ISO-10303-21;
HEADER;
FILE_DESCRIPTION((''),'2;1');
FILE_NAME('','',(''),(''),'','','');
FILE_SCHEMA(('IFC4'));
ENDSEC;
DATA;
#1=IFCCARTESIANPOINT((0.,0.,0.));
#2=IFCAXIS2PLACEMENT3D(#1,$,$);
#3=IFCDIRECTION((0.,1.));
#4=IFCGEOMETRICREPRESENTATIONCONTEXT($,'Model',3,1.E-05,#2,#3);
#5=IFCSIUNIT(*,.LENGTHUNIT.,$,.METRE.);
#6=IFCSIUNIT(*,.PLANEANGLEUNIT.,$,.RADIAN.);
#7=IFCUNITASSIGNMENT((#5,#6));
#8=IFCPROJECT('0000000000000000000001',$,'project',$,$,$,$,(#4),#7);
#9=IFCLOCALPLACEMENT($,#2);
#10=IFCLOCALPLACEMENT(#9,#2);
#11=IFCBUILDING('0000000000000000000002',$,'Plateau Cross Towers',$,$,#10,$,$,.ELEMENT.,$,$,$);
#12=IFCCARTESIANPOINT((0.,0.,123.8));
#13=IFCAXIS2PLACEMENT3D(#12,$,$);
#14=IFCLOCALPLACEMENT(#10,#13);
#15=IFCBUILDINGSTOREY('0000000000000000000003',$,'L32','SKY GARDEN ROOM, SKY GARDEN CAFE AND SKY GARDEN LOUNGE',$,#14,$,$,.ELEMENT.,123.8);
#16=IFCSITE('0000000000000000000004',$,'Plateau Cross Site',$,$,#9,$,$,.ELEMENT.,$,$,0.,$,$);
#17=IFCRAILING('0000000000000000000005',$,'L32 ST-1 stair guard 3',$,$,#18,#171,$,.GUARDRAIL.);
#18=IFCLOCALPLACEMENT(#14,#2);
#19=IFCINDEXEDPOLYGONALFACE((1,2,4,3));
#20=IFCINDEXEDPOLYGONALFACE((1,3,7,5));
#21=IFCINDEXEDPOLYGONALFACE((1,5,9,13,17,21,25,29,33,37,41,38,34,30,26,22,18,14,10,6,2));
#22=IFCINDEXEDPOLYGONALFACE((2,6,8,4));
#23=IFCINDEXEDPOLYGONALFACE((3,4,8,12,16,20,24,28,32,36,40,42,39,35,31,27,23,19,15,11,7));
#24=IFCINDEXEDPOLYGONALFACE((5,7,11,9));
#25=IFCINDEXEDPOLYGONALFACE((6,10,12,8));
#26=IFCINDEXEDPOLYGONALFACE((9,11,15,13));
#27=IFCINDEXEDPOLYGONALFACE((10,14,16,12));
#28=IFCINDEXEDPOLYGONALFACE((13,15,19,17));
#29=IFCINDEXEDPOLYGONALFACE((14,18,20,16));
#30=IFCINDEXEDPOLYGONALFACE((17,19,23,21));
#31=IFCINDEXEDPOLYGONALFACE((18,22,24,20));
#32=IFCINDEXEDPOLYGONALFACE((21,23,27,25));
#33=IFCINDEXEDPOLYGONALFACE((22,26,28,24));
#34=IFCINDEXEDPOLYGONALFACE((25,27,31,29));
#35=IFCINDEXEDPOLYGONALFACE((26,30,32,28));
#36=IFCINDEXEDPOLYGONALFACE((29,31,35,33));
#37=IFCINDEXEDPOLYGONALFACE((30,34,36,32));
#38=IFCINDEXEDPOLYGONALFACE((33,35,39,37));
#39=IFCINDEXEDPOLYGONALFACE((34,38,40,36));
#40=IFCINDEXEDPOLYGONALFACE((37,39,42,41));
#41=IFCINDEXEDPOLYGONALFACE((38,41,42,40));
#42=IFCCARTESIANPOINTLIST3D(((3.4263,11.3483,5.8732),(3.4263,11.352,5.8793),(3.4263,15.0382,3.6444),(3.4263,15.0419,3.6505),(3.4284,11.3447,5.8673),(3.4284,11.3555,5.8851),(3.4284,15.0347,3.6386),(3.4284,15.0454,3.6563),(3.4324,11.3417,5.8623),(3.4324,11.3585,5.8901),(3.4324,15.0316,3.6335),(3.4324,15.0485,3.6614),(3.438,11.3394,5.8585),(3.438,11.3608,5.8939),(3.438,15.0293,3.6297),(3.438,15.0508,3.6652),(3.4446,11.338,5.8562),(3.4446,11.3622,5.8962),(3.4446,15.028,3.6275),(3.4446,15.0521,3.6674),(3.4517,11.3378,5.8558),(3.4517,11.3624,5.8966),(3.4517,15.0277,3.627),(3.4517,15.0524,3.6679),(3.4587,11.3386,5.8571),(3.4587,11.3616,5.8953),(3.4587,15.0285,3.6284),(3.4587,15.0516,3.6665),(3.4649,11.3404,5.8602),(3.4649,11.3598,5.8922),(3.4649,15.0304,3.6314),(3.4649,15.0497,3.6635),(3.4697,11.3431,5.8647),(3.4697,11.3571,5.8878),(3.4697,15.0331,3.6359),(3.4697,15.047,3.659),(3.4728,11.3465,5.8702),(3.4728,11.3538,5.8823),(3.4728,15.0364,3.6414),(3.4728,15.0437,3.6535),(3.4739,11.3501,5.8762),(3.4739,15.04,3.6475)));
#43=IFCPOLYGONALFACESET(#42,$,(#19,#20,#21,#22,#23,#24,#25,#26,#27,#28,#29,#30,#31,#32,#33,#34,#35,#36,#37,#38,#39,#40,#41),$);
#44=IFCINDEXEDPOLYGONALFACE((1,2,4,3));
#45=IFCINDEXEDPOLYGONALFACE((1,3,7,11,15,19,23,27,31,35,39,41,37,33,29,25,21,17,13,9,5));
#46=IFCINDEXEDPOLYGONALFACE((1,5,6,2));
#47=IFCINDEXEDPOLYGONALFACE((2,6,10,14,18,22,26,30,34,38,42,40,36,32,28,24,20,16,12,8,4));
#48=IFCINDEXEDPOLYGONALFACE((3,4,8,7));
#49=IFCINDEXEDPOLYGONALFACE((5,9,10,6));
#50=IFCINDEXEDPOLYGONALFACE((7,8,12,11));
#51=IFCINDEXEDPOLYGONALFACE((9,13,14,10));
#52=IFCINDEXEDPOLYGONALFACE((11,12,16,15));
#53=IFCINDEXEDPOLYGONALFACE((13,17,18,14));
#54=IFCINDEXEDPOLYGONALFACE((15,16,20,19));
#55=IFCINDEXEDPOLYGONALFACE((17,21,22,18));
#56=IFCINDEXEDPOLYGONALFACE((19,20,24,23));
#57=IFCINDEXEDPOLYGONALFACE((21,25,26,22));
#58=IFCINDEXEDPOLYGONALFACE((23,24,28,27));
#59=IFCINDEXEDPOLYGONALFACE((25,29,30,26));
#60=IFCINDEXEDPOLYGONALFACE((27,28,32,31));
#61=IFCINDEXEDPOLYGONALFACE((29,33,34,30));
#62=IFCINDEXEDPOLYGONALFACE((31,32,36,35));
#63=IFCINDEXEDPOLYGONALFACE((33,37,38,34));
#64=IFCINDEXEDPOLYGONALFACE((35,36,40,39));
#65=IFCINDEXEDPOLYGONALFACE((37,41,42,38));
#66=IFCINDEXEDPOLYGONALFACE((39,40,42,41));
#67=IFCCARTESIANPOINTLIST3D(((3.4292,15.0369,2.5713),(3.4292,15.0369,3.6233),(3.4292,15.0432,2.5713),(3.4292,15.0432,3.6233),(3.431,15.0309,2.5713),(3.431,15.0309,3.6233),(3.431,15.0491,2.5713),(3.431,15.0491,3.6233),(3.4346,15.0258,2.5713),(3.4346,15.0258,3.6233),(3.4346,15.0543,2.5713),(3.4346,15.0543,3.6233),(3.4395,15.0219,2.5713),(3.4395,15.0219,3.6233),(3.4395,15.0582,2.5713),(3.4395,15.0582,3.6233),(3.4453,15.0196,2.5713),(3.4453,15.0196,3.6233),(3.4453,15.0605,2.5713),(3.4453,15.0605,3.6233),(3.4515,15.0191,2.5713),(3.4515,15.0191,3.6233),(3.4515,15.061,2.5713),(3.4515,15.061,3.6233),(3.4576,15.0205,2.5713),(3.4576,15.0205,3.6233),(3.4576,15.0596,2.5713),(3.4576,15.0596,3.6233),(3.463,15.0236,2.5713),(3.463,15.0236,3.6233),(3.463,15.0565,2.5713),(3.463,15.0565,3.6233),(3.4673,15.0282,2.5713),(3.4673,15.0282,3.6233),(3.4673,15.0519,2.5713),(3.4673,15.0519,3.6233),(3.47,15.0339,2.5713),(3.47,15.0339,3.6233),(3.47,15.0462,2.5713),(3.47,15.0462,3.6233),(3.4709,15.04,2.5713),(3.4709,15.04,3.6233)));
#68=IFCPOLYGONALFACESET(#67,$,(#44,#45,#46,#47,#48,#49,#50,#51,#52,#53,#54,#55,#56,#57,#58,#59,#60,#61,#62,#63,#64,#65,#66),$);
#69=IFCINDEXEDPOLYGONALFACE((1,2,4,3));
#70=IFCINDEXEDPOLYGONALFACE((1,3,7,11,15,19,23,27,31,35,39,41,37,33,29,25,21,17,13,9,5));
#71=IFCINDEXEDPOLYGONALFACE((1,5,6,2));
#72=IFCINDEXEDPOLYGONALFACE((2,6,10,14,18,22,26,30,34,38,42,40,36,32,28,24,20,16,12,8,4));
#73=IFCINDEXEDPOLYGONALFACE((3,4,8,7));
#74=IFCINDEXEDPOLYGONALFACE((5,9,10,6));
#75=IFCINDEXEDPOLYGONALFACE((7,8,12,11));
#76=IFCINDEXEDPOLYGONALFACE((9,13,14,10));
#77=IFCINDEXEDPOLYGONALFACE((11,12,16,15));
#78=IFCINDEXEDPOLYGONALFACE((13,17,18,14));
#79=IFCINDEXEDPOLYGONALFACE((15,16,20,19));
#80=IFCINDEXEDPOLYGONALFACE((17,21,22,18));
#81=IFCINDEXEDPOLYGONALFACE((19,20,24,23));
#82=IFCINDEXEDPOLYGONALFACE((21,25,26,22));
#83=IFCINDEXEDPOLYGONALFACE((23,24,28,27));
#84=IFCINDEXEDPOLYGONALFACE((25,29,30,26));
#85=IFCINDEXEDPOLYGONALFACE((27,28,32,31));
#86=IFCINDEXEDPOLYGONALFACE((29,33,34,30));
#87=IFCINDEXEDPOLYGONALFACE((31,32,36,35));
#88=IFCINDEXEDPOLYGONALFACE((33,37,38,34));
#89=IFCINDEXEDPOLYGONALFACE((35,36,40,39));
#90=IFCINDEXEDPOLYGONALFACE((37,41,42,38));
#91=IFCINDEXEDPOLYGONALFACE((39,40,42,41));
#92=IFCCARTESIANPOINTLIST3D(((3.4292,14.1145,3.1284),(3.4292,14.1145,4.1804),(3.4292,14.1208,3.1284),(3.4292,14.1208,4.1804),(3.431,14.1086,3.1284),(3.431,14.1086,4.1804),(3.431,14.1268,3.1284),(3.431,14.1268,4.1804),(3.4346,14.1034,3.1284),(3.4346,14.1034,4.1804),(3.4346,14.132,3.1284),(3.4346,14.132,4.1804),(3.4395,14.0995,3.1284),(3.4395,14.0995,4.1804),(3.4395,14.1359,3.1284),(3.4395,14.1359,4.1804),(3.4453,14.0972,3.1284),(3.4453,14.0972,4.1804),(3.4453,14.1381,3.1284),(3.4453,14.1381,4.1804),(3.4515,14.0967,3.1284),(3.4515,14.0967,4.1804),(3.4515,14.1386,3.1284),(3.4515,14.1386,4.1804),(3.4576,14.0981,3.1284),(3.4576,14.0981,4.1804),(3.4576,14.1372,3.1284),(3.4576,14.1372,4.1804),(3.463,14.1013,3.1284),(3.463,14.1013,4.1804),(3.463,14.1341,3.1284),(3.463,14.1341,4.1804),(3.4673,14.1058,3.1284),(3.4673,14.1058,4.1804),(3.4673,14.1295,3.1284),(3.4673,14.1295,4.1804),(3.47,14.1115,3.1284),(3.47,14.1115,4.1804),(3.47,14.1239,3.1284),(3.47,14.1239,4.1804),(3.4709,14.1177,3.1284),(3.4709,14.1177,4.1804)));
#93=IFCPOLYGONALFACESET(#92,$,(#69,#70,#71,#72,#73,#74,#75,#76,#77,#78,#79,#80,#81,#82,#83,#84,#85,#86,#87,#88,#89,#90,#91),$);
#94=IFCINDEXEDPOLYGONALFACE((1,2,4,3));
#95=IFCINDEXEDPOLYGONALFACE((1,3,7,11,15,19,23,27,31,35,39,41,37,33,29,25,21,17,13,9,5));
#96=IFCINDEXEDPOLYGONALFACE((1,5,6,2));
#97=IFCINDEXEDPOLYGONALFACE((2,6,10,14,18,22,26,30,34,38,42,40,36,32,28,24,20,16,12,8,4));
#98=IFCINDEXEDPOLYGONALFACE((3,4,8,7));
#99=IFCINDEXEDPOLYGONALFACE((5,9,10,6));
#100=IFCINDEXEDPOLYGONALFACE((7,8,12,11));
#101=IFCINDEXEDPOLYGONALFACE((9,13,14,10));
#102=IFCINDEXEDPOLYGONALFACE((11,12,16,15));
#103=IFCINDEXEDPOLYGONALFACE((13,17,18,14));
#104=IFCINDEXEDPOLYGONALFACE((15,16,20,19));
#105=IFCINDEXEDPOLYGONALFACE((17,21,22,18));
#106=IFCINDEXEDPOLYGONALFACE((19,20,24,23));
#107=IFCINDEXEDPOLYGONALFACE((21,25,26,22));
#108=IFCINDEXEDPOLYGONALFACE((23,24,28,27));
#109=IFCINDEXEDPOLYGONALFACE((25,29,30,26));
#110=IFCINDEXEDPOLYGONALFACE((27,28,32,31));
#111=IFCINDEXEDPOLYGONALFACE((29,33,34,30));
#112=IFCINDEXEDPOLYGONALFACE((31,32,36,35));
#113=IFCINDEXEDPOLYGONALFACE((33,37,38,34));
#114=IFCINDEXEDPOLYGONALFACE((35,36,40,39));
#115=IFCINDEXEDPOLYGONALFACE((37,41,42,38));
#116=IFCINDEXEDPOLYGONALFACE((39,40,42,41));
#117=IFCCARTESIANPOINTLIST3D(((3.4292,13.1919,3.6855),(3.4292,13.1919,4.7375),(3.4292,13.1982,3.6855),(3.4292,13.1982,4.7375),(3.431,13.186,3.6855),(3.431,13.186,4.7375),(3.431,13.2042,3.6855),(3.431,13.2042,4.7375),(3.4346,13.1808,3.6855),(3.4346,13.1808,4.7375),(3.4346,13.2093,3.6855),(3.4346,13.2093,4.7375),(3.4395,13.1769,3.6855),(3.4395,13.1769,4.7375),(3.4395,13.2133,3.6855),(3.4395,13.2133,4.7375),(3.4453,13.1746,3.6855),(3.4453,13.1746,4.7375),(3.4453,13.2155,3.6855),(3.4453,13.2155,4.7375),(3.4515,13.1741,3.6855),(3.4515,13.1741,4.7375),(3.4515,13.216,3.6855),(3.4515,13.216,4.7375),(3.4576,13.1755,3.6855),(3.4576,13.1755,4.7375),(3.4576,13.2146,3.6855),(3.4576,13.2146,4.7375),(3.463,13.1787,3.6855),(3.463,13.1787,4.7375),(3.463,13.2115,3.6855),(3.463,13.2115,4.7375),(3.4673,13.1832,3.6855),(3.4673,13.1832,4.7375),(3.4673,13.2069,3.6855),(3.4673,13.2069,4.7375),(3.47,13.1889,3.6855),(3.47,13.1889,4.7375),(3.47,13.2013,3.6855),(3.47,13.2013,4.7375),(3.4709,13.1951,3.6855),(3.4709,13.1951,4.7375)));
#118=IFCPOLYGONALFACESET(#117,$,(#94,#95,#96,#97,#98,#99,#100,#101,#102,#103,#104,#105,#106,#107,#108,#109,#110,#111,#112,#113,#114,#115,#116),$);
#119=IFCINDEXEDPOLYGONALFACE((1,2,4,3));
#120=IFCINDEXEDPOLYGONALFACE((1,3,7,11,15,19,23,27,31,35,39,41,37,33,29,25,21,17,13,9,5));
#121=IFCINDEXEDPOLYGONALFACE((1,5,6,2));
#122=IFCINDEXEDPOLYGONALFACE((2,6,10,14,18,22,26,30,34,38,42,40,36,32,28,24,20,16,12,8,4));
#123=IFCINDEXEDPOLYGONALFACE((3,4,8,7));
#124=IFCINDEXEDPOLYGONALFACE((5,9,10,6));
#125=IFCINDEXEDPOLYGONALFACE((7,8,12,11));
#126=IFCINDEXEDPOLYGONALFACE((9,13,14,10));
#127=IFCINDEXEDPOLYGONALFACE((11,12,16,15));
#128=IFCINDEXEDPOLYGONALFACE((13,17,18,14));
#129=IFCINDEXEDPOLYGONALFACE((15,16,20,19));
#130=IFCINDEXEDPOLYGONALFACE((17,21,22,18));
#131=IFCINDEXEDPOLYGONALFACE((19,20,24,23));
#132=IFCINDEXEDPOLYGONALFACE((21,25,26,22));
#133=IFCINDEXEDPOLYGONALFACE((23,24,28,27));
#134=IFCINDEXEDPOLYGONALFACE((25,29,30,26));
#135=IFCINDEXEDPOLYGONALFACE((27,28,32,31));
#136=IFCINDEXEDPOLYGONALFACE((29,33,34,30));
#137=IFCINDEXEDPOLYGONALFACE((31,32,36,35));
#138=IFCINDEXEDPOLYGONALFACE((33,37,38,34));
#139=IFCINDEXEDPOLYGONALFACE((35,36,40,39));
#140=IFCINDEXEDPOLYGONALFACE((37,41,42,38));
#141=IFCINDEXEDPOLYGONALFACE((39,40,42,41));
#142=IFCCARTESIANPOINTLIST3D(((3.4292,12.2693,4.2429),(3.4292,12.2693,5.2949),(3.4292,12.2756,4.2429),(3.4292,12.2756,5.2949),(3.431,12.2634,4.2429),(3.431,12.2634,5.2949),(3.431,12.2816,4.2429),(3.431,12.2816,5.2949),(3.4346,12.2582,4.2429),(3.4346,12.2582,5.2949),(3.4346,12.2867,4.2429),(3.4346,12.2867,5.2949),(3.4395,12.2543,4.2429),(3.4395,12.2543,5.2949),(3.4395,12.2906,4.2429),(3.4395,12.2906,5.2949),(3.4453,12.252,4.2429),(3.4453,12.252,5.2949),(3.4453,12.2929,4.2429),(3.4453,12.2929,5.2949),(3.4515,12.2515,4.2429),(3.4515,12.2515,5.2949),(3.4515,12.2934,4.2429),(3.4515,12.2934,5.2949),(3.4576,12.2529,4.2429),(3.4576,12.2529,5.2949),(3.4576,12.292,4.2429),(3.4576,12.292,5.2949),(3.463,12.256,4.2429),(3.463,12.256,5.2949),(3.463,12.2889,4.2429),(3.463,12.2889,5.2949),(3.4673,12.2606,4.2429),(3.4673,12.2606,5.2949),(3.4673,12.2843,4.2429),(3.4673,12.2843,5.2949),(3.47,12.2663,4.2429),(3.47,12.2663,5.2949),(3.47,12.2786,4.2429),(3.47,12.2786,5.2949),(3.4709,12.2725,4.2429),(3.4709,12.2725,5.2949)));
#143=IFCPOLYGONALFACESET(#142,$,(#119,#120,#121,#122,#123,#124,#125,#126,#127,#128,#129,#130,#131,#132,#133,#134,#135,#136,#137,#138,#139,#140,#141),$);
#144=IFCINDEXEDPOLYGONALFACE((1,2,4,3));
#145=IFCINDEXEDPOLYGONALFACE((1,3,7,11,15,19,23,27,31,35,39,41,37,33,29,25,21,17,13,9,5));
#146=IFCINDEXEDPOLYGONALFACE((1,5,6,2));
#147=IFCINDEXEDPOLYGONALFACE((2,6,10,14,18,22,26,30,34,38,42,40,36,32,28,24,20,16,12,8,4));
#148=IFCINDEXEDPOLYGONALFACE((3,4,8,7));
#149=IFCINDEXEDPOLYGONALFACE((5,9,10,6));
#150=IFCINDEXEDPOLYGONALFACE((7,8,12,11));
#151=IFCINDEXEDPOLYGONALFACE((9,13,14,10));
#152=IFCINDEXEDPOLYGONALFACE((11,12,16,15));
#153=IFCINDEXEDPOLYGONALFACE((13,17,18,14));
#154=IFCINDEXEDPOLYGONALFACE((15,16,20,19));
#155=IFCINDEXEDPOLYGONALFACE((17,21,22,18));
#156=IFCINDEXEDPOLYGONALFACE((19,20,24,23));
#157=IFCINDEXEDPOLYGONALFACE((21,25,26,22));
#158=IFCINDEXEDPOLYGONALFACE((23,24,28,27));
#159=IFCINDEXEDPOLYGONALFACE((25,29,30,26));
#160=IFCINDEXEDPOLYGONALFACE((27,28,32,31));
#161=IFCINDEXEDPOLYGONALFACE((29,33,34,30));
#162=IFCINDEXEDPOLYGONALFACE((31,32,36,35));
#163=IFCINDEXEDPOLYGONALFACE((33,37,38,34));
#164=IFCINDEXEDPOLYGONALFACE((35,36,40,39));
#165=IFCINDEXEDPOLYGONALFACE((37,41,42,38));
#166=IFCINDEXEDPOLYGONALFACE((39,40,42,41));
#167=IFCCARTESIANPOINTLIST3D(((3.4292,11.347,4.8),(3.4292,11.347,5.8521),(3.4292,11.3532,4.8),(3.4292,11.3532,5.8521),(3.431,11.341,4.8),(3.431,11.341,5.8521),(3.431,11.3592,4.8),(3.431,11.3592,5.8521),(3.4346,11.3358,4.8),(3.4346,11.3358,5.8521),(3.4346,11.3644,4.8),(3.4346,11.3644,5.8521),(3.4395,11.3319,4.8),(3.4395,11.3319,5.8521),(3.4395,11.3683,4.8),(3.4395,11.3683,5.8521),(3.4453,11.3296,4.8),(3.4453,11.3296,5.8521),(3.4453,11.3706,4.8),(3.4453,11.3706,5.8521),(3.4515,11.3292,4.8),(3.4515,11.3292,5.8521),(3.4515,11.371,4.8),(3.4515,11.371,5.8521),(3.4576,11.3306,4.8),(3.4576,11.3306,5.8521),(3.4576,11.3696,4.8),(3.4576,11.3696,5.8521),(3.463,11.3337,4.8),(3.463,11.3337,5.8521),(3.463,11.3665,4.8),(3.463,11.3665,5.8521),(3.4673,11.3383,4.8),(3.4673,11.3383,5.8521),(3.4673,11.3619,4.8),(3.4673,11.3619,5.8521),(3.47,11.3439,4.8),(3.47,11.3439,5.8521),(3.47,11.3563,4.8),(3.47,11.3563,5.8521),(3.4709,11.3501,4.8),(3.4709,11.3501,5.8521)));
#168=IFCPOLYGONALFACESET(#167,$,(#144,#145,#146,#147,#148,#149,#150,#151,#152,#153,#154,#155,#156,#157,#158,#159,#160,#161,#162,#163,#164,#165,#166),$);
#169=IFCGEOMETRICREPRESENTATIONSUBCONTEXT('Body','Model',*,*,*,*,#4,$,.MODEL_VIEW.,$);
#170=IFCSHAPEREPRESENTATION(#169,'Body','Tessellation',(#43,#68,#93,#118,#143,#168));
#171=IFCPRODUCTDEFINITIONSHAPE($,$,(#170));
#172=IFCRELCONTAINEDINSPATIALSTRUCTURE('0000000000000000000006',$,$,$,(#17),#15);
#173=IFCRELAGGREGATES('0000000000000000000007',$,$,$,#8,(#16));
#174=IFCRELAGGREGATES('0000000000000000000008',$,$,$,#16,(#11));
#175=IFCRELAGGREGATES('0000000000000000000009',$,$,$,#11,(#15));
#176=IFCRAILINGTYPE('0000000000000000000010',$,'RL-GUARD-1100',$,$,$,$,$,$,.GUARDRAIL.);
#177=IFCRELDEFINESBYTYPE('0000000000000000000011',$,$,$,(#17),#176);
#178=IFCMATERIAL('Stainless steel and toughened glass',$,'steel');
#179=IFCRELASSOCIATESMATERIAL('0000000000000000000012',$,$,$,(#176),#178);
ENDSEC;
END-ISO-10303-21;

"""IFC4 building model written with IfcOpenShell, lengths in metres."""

from ifc_helpers import new_model, si_unit, direction, frame, origin, origin_2d, place, context, subcontext, project, spatial, circle, extrude, material, type_object, element, save


model = new_model("IFC4")

# Units and contexts
model_context = context("Model", 3, precision=1e-05, world=origin(), true_north=direction((0.0, 1.0)))
body_context = subcontext(model_context, "Body", "Model", "MODEL_VIEW")
ifc_project = project(units=[si_unit("LENGTHUNIT", "METRE"), si_unit("PLANEANGLEUNIT", "RADIAN")], contexts=[model_context])

# Site, building, storey
site_placement = place(None, origin())
site = spatial("IfcSite", under=ifc_project, at=site_placement, Name="Plateau Cross Site", CompositionType="ELEMENT", RefElevation=0.0)
building_placement = place(site_placement, origin())
building = spatial("IfcBuilding", under=site, at=building_placement, Name="Plateau Cross Towers", CompositionType="ELEMENT")
storey_placement = place(building_placement, frame((0.0, 0.0, 123.8)))
storey = spatial("IfcBuildingStorey", under=building, at=storey_placement, Name="L32", Description="SKY GARDEN ROOM, SKY GARDEN CAFE AND SKY GARDEN LOUNGE", CompositionType="ELEMENT", Elevation=123.8)

# Railing
ifc_material_1 = material(Name="Stainless steel and toughened glass", Category="steel")
railing_type_1 = type_object("IfcRailingType", Name="RL-GUARD-1100", PredefinedType="GUARDRAIL", material=ifc_material_1)
railing_1_placement = place(storey_placement, frame((3.45, 15.04, 2.5713)))
element("IfcRailing", 1, at=railing_1_placement, inside=storey, type_object=railing_type_1, Name="L32 ST-1 stair guard 3", PredefinedType="GUARDRAIL", context=body_context, shape_type="SweptSolid", body=[
    extrude(circle(Radius=0.0239, at=origin_2d()), frame((0.0, 0.0, 1.0762), z_axis=(0.0, -0.855975, 0.517017), x_axis=(1.0, 0.0, 0.0)), (0.0, 0.0, 1.0), 4.3108),
    extrude(circle(Radius=0.021, at=origin_2d()), origin(), (0.0, 0.0, 1.0), 1.052),
    extrude(circle(Radius=0.021, at=origin_2d()), frame((0.0, -0.9224, 0.5571)), (0.0, 0.0, 1.0), 1.052),
    extrude(circle(Radius=0.021, at=origin_2d()), frame((0.0, -1.845, 1.1143)), (0.0, 0.0, 1.0), 1.052),
    extrude(circle(Radius=0.021, at=origin_2d()), frame((0.0, -2.7676, 1.6716)), (0.0, 0.0, 1.0), 1.052),
    extrude(circle(Radius=0.021, at=origin_2d()), frame((0.0, -3.6899, 2.2288)), (0.0, 0.0, 1.0), 1.052),
])

save(model, "model.ifc")
